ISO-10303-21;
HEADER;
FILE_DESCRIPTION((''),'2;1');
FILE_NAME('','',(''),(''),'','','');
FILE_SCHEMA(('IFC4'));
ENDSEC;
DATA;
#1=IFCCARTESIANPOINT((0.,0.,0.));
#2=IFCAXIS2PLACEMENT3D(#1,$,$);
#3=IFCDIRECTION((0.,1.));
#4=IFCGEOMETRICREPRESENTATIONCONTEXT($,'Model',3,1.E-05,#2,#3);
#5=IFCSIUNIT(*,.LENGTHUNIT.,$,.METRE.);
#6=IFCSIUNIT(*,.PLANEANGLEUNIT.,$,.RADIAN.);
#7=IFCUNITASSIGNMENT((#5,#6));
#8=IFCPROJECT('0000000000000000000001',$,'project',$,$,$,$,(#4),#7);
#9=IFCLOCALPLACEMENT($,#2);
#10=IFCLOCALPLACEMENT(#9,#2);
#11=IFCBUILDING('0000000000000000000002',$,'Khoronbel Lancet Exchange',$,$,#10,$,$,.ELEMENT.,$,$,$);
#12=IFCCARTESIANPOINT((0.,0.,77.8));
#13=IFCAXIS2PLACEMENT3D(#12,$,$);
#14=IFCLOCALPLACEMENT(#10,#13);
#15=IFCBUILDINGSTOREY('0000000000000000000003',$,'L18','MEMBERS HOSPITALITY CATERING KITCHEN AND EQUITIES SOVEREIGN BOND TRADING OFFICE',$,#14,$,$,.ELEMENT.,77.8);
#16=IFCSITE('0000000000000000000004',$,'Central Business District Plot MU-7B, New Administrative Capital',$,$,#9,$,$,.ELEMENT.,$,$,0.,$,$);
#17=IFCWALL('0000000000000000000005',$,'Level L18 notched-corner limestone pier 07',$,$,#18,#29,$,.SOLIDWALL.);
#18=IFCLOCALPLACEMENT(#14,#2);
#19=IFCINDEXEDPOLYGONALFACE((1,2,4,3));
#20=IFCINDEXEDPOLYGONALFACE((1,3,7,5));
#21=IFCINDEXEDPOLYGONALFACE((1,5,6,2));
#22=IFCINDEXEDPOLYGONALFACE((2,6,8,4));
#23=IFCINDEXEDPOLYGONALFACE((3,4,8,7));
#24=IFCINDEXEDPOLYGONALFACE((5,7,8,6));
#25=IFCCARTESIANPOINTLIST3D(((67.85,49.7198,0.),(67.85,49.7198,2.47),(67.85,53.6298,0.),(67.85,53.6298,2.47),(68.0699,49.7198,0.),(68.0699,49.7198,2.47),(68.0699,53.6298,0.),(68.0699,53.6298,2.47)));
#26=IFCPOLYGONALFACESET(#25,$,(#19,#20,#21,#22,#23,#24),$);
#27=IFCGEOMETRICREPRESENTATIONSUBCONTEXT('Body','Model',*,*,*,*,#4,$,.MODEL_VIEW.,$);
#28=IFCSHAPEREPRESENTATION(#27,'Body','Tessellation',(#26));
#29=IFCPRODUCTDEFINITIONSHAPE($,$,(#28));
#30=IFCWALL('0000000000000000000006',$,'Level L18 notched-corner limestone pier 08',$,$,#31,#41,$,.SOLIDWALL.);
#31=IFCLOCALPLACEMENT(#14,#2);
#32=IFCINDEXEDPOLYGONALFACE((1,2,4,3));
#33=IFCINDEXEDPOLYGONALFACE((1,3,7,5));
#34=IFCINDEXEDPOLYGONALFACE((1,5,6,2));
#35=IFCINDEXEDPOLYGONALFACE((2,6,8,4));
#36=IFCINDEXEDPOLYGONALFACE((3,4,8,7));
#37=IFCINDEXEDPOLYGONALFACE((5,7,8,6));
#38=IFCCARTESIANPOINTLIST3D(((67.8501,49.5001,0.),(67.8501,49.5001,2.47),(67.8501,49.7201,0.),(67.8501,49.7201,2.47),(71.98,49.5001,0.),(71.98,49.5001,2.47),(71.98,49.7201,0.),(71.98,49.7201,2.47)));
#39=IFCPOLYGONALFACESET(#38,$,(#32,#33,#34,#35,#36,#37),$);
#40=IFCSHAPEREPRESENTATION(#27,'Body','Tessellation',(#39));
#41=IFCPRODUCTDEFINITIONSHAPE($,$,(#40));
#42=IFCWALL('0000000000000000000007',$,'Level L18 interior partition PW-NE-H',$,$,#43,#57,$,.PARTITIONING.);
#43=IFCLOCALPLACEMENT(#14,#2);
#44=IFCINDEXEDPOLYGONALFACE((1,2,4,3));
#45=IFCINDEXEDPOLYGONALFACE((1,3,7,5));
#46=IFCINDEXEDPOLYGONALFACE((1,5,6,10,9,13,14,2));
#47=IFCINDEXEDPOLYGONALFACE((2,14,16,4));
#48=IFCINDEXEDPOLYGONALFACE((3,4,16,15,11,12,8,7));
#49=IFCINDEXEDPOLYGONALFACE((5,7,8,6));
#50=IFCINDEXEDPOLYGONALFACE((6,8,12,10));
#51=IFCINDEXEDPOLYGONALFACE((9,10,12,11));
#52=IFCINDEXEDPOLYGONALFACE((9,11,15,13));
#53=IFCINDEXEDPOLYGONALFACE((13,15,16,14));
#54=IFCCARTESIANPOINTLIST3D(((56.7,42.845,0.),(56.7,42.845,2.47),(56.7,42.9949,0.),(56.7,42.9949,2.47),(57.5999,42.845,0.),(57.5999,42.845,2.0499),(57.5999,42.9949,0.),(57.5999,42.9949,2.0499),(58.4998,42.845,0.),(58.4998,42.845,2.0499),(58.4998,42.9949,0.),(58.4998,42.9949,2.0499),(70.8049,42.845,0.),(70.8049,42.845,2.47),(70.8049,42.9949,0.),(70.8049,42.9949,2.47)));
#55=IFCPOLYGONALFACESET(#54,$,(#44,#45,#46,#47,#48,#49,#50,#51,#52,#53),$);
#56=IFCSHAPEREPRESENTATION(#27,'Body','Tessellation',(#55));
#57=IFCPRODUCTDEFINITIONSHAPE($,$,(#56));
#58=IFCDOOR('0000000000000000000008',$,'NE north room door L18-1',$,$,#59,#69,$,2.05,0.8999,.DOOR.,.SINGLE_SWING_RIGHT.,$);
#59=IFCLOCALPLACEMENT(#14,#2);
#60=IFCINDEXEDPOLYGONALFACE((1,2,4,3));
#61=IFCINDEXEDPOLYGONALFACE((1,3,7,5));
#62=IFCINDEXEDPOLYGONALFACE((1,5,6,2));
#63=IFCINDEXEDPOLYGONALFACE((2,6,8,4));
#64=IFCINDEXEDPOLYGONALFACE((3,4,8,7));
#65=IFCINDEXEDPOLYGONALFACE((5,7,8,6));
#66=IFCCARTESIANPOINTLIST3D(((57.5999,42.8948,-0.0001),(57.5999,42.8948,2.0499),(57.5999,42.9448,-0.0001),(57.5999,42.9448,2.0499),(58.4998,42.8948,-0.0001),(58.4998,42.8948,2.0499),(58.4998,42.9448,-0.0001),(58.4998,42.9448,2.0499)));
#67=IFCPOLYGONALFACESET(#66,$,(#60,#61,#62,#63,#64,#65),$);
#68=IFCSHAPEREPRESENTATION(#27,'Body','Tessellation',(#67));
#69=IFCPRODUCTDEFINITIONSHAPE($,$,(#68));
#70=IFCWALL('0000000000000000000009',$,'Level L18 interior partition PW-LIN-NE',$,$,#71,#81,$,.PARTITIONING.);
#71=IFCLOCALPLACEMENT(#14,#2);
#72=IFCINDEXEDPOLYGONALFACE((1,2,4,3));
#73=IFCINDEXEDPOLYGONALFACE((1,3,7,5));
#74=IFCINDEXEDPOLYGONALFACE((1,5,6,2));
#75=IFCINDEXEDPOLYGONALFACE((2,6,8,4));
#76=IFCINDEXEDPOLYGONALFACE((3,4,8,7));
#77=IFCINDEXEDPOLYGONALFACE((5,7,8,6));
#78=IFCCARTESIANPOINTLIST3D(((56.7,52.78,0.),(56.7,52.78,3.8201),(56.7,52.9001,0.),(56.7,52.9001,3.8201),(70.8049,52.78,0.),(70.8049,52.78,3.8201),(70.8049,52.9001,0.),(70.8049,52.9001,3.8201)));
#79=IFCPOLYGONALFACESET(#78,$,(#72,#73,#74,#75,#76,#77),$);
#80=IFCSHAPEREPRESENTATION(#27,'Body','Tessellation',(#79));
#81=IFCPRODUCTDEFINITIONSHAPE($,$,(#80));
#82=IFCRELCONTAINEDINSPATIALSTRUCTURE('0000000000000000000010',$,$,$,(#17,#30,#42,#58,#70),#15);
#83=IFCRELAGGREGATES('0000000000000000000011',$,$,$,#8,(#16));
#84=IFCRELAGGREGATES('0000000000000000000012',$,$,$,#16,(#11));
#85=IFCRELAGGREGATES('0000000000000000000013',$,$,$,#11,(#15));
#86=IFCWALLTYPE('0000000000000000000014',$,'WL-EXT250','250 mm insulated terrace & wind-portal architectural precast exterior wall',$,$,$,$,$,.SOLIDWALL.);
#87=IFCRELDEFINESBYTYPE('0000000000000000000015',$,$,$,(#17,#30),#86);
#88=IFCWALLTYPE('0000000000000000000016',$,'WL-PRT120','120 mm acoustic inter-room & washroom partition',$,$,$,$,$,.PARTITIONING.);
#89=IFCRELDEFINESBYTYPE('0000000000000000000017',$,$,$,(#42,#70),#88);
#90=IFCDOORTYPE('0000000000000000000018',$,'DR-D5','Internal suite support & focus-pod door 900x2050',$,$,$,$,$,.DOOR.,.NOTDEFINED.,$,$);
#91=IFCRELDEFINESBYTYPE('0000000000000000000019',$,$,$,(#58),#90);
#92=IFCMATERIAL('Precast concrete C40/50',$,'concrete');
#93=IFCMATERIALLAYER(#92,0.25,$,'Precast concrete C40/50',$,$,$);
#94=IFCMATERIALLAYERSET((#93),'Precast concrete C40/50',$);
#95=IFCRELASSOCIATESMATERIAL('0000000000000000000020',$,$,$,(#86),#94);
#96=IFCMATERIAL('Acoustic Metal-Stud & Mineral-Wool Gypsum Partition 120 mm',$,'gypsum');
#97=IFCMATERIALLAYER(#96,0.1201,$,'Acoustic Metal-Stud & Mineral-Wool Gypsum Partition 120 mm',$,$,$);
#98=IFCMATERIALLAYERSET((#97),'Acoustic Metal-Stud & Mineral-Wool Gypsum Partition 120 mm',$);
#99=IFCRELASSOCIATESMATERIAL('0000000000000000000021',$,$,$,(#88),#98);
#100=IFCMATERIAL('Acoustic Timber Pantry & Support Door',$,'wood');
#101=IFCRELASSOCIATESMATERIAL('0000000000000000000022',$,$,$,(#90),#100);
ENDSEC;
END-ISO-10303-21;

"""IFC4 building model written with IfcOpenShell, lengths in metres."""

from ifc_helpers import new_model, si_unit, direction, frame, frame_2d, origin, place, context, subcontext, project, spatial, rectangle, extrude, material, layer, layer_set, type_object, element, fill, save


model = new_model("IFC4")

# Units and contexts
model_context = context("Model", 3, precision=1e-05, world=origin(), true_north=direction((0.0, 1.0)))
body_context = subcontext(model_context, "Body", "Model", "MODEL_VIEW")
ifc_project = project(units=[si_unit("LENGTHUNIT", "METRE"), si_unit("PLANEANGLEUNIT", "RADIAN")], contexts=[model_context])

# Site, building, storey
site_placement = place(None, origin())
site = spatial("IfcSite", under=ifc_project, at=site_placement, Name="Central Business District Plot MU-7B, New Administrative Capital", CompositionType="ELEMENT", RefElevation=0.0)
building_placement = place(site_placement, origin())
building = spatial("IfcBuilding", under=site, at=building_placement, Name="Khoronbel Lancet Exchange", CompositionType="ELEMENT")
storey_placement = place(building_placement, frame((0.0, 0.0, 77.8)))
storey = spatial("IfcBuildingStorey", under=building, at=storey_placement, Name="L18", Description="MEMBERS HOSPITALITY CATERING KITCHEN AND EQUITIES SOVEREIGN BOND TRADING OFFICE", CompositionType="ELEMENT", Elevation=77.8)

# Walls
ifc_material_1 = material(Name="Precast concrete C40/50", Category="concrete")
ifc_layer_1 = layer(ifc_material_1, 0.25, Name="Precast concrete C40/50")
ifc_layer_set_1 = layer_set([ifc_layer_1], Name="Precast concrete C40/50")
wall_type_1 = type_object("IfcWallType", Name="WL-EXT250", Description="250 mm insulated terrace & wind-portal architectural precast exterior wall", PredefinedType="SOLIDWALL", material=ifc_layer_set_1)
wall_1_placement = place(storey_placement, frame((67.96, 53.6299, 0.0), z_axis=(0.0, 0.0, 1.0), x_axis=(0.0, -1.0, 0.0)))
element("IfcWall", 1, at=wall_1_placement, inside=storey, type_object=wall_type_1, Name="Level L18 notched-corner limestone pier 07", PredefinedType="SOLIDWALL", context=body_context, shape_type="SweptSolid", body=[
    extrude(rectangle(XDim=3.9099, YDim=0.22, at=frame_2d((1.9551, 0.0))), origin(), (0.0, 0.0, 1.0), 2.47),
])
wall_2_placement = place(storey_placement, frame((67.8501, 49.6101, 0.0), z_axis=(0.0, 0.0, 1.0), x_axis=(1.0, 0.0, 0.0)))
element("IfcWall", 2, at=wall_2_placement, inside=storey, type_object=wall_type_1, Name="Level L18 notched-corner limestone pier 08", PredefinedType="SOLIDWALL", context=body_context, shape_type="SweptSolid", body=[
    extrude(rectangle(XDim=4.1299, YDim=0.22, at=frame_2d((2.0649, 0.0))), origin(), (0.0, 0.0, 1.0), 2.47),
])

# Wall, opening, door
ifc_material_2 = material(Name="Acoustic Metal-Stud & Mineral-Wool Gypsum Partition 120 mm", Category="gypsum")
ifc_layer_2 = layer(ifc_material_2, 0.1201, Name="Acoustic Metal-Stud & Mineral-Wool Gypsum Partition 120 mm")
ifc_layer_set_2 = layer_set([ifc_layer_2], Name="Acoustic Metal-Stud & Mineral-Wool Gypsum Partition 120 mm")
wall_type_2 = type_object("IfcWallType", Name="WL-PRT120", Description="120 mm acoustic inter-room & washroom partition", PredefinedType="PARTITIONING", material=ifc_layer_set_2)
wall_3_placement = place(storey_placement, frame((56.7, 42.9199, 0.0), z_axis=(0.0, 0.0, 1.0), x_axis=(1.0, 0.0, 0.0)))
wall_3 = element("IfcWall", 3, at=wall_3_placement, inside=storey, type_object=wall_type_2, Name="Level L18 interior partition PW-NE-H", PredefinedType="PARTITIONING", context=body_context, shape_type="SweptSolid", body=[
    extrude(rectangle(XDim=14.105, YDim=0.1499, at=frame_2d((7.0525, 0.0))), origin(), (0.0, 0.0, 1.0), 2.47),
])
opening_placement = place(wall_3_placement, frame((0.8999, 0.0, 0.0)))
opening = element("IfcOpeningElement", 4, at=opening_placement, cuts=wall_3, PredefinedType="OPENING", context=body_context, shape_type="SweptSolid", body=[
    extrude(rectangle(XDim=0.8999, YDim=2.05, at=frame_2d((0.45, 1.0249))), frame((0.0, 0.085, 0.0), z_axis=(0.0, -1.0, 0.0), x_axis=(1.0, 0.0, 0.0)), (0.0, 0.0, 1.0), 0.1699),
])
ifc_material_3 = material(Name="Acoustic Timber Pantry & Support Door", Category="wood")
door_type = type_object("IfcDoorType", Name="DR-D5", Description="Internal suite support & focus-pod door 900x2050", OperationType="NOTDEFINED", PredefinedType="DOOR", material=ifc_material_3)
door_placement = place(opening_placement, origin())
door = element("IfcDoor", 5, at=door_placement, inside=storey, type_object=door_type, Name="NE north room door L18-1", OperationType="SINGLE_SWING_RIGHT", OverallHeight=2.05, OverallWidth=0.8999, PredefinedType="DOOR", context=body_context, shape_type="SweptSolid", body=[
    extrude(rectangle(XDim=0.8999, YDim=2.05, at=frame_2d((0.45, 1.0249))), frame((0.0, 0.0249, 0.0), z_axis=(0.0, -1.0, 0.0), x_axis=(1.0, 0.0, 0.0)), (0.0, 0.0, 1.0), 0.05),
])
fill(opening, door)

# Wall
wall_4_placement = place(storey_placement, frame((56.7, 52.8401, 0.0), z_axis=(0.0, 0.0, 1.0), x_axis=(1.0, 0.0, 0.0)))
element("IfcWall", 6, at=wall_4_placement, inside=storey, type_object=wall_type_2, Name="Level L18 interior partition PW-LIN-NE", PredefinedType="PARTITIONING", context=body_context, shape_type="SweptSolid", body=[
    extrude(rectangle(XDim=14.105, YDim=0.1201, at=frame_2d((7.0525, 0.0))), origin(), (0.0, 0.0, 1.0), 3.8201),
])

save(model, "model.ifc")
